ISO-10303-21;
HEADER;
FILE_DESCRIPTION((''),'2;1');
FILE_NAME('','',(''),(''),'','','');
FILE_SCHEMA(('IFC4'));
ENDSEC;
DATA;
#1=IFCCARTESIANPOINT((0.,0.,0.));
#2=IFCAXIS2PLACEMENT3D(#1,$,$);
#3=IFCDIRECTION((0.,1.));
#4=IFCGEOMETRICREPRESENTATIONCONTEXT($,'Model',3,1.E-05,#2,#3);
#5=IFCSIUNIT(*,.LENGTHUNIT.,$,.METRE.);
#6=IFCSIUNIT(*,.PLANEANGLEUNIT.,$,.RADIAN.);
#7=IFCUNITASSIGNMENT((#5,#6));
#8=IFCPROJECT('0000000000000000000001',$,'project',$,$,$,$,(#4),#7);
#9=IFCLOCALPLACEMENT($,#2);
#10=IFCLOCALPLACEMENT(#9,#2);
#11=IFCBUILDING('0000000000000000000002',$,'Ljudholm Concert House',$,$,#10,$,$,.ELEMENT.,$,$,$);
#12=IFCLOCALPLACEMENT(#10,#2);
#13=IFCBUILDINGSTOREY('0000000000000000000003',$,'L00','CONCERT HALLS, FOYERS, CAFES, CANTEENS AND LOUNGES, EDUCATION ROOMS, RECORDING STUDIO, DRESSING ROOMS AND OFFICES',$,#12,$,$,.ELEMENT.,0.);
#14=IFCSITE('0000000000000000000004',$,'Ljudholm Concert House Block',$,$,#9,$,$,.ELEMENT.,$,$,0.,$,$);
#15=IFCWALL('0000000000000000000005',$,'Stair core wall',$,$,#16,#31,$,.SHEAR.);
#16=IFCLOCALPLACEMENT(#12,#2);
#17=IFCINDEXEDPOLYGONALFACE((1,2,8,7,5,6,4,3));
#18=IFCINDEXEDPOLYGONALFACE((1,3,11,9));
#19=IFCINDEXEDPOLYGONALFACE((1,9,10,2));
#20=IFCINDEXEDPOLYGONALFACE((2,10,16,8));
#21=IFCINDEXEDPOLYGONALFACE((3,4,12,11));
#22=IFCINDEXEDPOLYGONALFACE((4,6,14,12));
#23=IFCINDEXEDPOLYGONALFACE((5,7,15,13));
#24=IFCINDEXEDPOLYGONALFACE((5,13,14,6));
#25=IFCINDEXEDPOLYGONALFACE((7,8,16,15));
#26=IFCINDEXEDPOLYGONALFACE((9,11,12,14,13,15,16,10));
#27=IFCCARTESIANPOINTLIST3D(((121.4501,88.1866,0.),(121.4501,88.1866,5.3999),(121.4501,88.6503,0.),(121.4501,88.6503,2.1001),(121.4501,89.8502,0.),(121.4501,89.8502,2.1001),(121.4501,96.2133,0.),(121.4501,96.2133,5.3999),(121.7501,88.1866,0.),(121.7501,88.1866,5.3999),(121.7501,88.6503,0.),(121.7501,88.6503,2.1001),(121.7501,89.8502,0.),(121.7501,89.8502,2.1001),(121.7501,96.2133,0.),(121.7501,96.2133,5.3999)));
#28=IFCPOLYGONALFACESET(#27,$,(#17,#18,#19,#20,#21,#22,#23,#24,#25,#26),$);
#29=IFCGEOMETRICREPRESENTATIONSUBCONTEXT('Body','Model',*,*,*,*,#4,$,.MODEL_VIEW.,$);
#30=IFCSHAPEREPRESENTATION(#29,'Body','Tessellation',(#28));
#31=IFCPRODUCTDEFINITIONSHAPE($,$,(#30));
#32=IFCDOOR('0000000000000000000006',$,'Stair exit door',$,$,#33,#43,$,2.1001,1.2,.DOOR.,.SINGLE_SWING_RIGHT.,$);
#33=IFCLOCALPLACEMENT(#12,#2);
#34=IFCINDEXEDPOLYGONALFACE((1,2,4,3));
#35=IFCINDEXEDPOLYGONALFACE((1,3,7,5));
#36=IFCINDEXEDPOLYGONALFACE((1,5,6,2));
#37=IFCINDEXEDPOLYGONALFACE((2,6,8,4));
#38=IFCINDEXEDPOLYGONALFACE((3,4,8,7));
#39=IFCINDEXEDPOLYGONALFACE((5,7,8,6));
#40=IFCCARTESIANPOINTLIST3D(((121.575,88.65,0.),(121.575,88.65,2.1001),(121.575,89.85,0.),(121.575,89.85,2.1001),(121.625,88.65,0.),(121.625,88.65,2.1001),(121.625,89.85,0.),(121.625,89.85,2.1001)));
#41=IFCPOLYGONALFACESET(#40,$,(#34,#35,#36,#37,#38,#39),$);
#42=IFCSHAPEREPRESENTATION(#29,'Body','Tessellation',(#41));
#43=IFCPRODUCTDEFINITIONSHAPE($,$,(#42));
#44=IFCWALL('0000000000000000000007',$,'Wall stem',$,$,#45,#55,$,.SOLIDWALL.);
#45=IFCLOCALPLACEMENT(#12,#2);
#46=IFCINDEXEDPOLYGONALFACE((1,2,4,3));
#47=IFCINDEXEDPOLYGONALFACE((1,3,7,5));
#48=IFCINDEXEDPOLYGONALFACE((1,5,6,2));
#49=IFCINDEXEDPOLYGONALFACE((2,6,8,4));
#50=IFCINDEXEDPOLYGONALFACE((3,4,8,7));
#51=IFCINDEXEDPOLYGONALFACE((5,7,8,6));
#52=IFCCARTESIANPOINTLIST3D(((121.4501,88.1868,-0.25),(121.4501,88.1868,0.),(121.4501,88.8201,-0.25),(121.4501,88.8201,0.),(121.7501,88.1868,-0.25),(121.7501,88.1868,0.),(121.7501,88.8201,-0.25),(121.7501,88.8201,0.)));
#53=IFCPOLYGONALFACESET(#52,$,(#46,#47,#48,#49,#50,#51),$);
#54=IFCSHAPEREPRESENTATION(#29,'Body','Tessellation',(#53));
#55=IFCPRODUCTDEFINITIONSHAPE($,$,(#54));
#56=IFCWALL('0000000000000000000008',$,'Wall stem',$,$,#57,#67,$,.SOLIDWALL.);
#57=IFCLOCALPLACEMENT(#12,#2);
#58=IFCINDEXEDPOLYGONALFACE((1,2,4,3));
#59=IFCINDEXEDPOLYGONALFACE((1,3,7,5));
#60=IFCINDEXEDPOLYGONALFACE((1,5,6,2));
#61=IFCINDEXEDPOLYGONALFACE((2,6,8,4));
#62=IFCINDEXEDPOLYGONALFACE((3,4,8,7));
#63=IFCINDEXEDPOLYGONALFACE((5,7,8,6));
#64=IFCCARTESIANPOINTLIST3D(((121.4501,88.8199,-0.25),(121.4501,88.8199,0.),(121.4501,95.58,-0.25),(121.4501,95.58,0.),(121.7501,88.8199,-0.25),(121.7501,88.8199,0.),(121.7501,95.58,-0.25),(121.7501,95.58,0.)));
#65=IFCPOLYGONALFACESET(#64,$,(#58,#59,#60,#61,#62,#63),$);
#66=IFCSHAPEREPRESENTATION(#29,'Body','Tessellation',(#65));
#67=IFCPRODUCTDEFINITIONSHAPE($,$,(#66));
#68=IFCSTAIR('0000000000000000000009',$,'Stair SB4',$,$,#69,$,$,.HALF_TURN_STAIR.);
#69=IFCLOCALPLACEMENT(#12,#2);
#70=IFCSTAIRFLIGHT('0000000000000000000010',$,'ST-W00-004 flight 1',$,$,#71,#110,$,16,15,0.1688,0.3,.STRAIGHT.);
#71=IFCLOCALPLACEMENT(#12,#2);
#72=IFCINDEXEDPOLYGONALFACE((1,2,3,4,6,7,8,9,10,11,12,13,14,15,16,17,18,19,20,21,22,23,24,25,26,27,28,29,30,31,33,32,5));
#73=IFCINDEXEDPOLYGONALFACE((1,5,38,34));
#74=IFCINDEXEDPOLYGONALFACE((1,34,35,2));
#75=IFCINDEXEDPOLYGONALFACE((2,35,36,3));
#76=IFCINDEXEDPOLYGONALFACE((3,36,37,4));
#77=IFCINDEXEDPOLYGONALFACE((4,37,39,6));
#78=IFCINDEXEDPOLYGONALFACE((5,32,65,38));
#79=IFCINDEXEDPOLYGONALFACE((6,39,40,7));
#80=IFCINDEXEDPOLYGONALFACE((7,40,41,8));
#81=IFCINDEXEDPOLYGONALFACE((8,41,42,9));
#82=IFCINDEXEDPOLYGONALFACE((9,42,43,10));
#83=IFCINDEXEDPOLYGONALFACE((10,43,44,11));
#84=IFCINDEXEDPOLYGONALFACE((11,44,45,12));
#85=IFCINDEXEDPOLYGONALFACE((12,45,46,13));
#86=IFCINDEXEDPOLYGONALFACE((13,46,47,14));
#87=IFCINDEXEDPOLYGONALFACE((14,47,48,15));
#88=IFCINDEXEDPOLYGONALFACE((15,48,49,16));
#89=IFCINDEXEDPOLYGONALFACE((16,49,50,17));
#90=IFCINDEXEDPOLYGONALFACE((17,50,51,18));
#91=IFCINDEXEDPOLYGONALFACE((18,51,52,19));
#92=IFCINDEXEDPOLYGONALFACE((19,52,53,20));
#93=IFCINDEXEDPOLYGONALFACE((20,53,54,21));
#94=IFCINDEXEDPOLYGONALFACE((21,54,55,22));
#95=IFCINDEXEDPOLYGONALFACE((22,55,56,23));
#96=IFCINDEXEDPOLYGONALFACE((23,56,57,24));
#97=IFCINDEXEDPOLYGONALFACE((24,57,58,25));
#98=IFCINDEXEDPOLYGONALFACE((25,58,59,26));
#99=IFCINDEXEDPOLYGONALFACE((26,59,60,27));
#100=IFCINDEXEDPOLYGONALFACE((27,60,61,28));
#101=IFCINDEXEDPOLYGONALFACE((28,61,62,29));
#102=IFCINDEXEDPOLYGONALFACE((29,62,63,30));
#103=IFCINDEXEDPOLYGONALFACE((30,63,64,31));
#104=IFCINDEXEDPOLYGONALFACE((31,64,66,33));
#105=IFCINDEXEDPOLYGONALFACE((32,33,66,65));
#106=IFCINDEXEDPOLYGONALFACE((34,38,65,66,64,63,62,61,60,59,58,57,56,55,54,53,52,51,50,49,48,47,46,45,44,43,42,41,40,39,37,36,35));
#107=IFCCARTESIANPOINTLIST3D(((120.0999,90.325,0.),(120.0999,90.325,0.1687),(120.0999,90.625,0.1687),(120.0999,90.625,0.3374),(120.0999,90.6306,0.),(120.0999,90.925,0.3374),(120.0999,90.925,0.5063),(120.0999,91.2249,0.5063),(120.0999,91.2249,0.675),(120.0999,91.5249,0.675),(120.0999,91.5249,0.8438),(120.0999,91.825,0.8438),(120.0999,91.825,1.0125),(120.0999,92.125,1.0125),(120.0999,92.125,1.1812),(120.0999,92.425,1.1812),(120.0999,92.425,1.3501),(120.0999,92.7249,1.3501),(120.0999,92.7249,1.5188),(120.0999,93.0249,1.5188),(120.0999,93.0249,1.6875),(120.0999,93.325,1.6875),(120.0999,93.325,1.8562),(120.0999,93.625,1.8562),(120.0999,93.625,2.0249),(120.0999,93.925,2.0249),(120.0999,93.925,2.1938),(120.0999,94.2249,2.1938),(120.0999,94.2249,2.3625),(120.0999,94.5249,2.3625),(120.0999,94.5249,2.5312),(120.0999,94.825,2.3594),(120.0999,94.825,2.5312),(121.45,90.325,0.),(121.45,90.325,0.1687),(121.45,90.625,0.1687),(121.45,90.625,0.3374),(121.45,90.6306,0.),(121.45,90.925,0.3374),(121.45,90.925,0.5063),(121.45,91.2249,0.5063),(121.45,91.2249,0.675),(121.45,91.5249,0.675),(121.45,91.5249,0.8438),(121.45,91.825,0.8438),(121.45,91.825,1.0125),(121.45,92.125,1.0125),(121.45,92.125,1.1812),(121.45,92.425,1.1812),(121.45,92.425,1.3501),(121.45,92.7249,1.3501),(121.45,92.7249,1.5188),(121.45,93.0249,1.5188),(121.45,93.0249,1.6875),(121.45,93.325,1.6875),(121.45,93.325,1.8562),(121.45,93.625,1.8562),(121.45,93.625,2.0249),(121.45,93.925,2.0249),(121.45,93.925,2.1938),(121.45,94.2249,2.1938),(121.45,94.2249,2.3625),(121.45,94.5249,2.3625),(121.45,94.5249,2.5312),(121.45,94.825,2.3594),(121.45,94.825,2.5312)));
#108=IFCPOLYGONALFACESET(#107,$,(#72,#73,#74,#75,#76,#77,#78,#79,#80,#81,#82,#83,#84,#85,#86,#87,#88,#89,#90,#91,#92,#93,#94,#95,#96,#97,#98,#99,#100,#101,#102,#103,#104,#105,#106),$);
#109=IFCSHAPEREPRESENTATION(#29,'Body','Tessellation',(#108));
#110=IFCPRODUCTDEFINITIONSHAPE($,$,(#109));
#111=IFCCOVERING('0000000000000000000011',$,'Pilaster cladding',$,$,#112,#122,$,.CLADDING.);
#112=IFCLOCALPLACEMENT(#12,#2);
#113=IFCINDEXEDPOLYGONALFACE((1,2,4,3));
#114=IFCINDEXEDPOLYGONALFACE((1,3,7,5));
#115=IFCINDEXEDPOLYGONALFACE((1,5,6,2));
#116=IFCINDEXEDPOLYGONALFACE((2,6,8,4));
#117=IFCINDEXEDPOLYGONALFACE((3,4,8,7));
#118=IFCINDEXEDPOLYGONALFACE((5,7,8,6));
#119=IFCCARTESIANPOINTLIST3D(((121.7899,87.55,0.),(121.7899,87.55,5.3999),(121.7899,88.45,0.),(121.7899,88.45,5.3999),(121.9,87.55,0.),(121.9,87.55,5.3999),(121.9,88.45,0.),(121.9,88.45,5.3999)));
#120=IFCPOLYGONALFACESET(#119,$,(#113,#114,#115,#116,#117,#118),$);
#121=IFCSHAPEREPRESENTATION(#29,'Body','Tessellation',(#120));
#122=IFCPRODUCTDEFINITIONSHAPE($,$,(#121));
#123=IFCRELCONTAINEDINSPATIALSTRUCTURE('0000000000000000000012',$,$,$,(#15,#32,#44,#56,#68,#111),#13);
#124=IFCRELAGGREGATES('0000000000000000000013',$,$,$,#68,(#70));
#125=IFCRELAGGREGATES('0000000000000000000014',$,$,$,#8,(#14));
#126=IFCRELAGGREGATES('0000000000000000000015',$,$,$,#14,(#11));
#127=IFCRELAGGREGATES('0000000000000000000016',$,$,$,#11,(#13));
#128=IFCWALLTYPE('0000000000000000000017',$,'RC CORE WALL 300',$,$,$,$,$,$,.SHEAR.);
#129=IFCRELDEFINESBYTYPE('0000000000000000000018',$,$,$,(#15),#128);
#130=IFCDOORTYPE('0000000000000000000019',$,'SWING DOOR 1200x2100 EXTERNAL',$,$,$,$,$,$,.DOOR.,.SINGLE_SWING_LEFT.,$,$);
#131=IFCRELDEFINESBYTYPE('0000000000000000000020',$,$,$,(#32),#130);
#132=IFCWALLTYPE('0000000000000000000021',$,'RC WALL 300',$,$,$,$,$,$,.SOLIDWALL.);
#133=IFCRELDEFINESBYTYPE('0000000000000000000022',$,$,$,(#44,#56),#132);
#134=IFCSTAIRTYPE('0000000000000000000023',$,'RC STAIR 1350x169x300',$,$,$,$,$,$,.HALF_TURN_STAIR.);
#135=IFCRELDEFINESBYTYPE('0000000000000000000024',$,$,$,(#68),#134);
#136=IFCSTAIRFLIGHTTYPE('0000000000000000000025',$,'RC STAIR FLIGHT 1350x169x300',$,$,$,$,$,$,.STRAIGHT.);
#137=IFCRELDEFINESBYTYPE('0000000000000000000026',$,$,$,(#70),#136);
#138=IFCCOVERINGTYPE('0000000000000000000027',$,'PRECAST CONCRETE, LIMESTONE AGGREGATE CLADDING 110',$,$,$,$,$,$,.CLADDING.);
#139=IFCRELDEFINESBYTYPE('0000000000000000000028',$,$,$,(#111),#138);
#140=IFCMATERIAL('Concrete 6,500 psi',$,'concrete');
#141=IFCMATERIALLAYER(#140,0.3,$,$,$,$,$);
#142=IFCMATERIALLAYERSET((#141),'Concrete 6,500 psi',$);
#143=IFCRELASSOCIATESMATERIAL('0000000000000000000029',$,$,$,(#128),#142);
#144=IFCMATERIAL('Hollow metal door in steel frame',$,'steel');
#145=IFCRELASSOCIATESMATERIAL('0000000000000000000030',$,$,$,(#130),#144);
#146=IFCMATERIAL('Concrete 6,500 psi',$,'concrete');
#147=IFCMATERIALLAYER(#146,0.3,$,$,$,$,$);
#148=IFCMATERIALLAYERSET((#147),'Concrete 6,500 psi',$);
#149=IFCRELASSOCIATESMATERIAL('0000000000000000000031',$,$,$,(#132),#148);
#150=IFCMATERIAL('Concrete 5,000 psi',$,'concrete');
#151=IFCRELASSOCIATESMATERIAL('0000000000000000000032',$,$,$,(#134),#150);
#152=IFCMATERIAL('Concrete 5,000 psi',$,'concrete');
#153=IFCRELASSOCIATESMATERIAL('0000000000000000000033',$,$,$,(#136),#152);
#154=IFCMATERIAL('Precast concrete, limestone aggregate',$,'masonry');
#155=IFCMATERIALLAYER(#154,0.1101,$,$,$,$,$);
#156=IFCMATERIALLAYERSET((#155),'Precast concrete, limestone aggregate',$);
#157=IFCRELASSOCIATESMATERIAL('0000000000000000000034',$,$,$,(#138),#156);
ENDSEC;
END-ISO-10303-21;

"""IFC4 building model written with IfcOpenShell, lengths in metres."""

from ifc_helpers import new_model, si_unit, direction, frame, frame_2d, origin, origin_2d, place, context, subcontext, project, spatial, polyline, rectangle, outline, extrude, material, layer, layer_set, type_object, element, fill, aggregate, save


model = new_model("IFC4")

# Units and contexts
model_context = context("Model", 3, precision=1e-05, world=origin(), true_north=direction((0.0, 1.0)))
body_context = subcontext(model_context, "Body", "Model", "MODEL_VIEW")
ifc_project = project(units=[si_unit("LENGTHUNIT", "METRE"), si_unit("PLANEANGLEUNIT", "RADIAN")], contexts=[model_context])

# Site, building, storey
site_placement = place(None, origin())
site = spatial("IfcSite", under=ifc_project, at=site_placement, Name="Ljudholm Concert House Block", CompositionType="ELEMENT", RefElevation=0.0)
building_placement = place(site_placement, origin())
building = spatial("IfcBuilding", under=site, at=building_placement, Name="Ljudholm Concert House", CompositionType="ELEMENT")
storey_placement = place(building_placement, origin())
storey = spatial("IfcBuildingStorey", under=building, at=storey_placement, Name="L00", Description="CONCERT HALLS, FOYERS, CAFES, CANTEENS AND LOUNGES, EDUCATION ROOMS, RECORDING STUDIO, DRESSING ROOMS AND OFFICES", CompositionType="ELEMENT", Elevation=0.0)

# Wall, opening, door
ifc_material_1 = material(Name="Concrete 6,500 psi", Category="concrete")
ifc_layer_1 = layer(ifc_material_1, 0.3)
ifc_layer_set_1 = layer_set([ifc_layer_1], Name="Concrete 6,500 psi")
wall_type_1 = type_object("IfcWallType", Name="RC CORE WALL 300", PredefinedType="SHEAR", material=ifc_layer_set_1)
wall_1_placement = place(storey_placement, frame((121.6001, 88.1868, 0.0), z_axis=(0.0, 0.0, 1.0), x_axis=(0.0, 1.0, 0.0)))
wall_1 = element("IfcWall", 1, at=wall_1_placement, inside=storey, type_object=wall_type_1, Name="Stair core wall", PredefinedType="SHEAR", context=body_context, shape_type="SweptSolid", body=[
    extrude(rectangle(XDim=8.0266, YDim=0.3, at=frame_2d((4.0132, 0.0))), origin(), (0.0, 0.0, 1.0), 5.3999),
])
opening_1_placement = place(wall_1_placement, frame((0.4634, 0.0, 0.0)))
opening_1 = element("IfcOpeningElement", 2, at=opening_1_placement, cuts=wall_1, PredefinedType="OPENING", context=body_context, shape_type="SweptSolid", body=[
    extrude(rectangle(XDim=1.2, YDim=2.1001, at=frame_2d((0.6001, 1.05))), frame((0.0, 0.1599, 0.0), z_axis=(0.0, -1.0, 0.0), x_axis=(1.0, 0.0, 0.0)), (0.0, 0.0, 1.0), 0.3201),
])
ifc_material_2 = material(Name="Hollow metal door in steel frame", Category="steel")
door_type_1 = type_object("IfcDoorType", Name="SWING DOOR 1200x2100 EXTERNAL", OperationType="SINGLE_SWING_LEFT", PredefinedType="DOOR", material=ifc_material_2)
door_1_placement = place(opening_1_placement, frame((1.2, 0.0, 0.0), z_axis=(0.0, 0.0, 1.0), x_axis=(-1.0, 0.0, 0.0)))
door_1 = element("IfcDoor", 3, at=door_1_placement, inside=storey, type_object=door_type_1, Name="Stair exit door", OperationType="SINGLE_SWING_RIGHT", OverallHeight=2.1001, OverallWidth=1.2, PredefinedType="DOOR", context=body_context, shape_type="SweptSolid", body=[
    extrude(rectangle(XDim=1.2, YDim=2.1001, at=frame_2d((0.6001, 1.05))), frame((0.0, 0.0249, 0.0), z_axis=(0.0, -1.0, 0.0), x_axis=(1.0, 0.0, 0.0)), (0.0, 0.0, 1.0), 0.05),
])
fill(opening_1, door_1)

# Walls
ifc_material_3 = material(Name="Concrete 6,500 psi", Category="concrete")
ifc_layer_2 = layer(ifc_material_3, 0.3)
ifc_layer_set_2 = layer_set([ifc_layer_2], Name="Concrete 6,500 psi")
wall_type_2 = type_object("IfcWallType", Name="RC WALL 300", PredefinedType="SOLIDWALL", material=ifc_layer_set_2)
wall_2_placement = place(storey_placement, frame((121.6001, 88.1868, -0.25), z_axis=(0.0, 0.0, 1.0), x_axis=(0.0, 1.0, 0.0)))
element("IfcWall", 4, at=wall_2_placement, inside=storey, type_object=wall_type_2, Name="Wall stem", PredefinedType="SOLIDWALL", context=body_context, shape_type="SweptSolid", body=[
    extrude(rectangle(XDim=0.6333, YDim=0.3, at=frame_2d((0.3167, 0.0))), origin(), (0.0, 0.0, 1.0), 0.25),
])
wall_3_placement = place(storey_placement, frame((121.6001, 88.8201, -0.25), z_axis=(0.0, 0.0, 1.0), x_axis=(0.0, 1.0, 0.0)))
element("IfcWall", 5, at=wall_3_placement, inside=storey, type_object=wall_type_2, Name="Wall stem", PredefinedType="SOLIDWALL", context=body_context, shape_type="SweptSolid", body=[
    extrude(rectangle(XDim=6.76, YDim=0.3, at=frame_2d((3.3799, 0.0))), origin(), (0.0, 0.0, 1.0), 0.25),
])

# Stair, stair flight
ifc_material_4 = material(Name="Concrete 5,000 psi", Category="concrete")
stair_type = type_object("IfcStairType", Name="RC STAIR 1350x169x300", PredefinedType="HALF_TURN_STAIR", material=ifc_material_4)
stair_placement = place(storey_placement, origin())
stair = element("IfcStair", 6, at=stair_placement, inside=storey, type_object=stair_type, Name="Stair SB4", PredefinedType="HALF_TURN_STAIR")
ifc_material_5 = material(Name="Concrete 5,000 psi", Category="concrete")
stair_flight_type = type_object("IfcStairFlightType", Name="RC STAIR FLIGHT 1350x169x300", PredefinedType="STRAIGHT", material=ifc_material_5)
stair_flight_placement = place(storey_placement, frame((120.7749, 90.325, 0.0), z_axis=(0.0, 0.0, 1.0), x_axis=(0.0, 1.0, 0.0)))
stair_flight = element("IfcStairFlight", 7, at=stair_flight_placement, type_object=stair_flight_type, Name="ST-W00-004 flight 1", NumberOfRisers=16, NumberOfTreads=15, PredefinedType="STRAIGHT", RiserHeight=0.1688, TreadLength=0.3, context=body_context, shape_type="SweptSolid", body=[
    extrude(outline(polyline([(0.0, 0.0), (0.0, 0.1687), (0.3, 0.1687), (0.3, 0.3374), (0.6001, 0.3374), (0.6001, 0.5063), (0.8999, 0.5063), (0.8999, 0.675), (1.2, 0.675), (1.2, 0.8438), (1.5, 0.8438), (1.5, 1.0125), (1.8, 1.0125), (1.8, 1.1812), (2.1001, 1.1812), (2.1001, 1.3501), (2.3999, 1.3501), (2.3999, 1.5188), (2.7, 1.5188), (2.7, 1.6875), (3.0, 1.6875), (3.0, 1.8562), (3.3, 1.8562), (3.3, 2.0249), (3.6001, 2.0249), (3.6001, 2.1938), (3.8999, 2.1938), (3.8999, 2.3625), (4.2, 2.3625), (4.2, 2.5312), (4.5, 2.5312), (4.5, 2.7), (4.5, 2.3594), (0.3057, 0.0), (0.0, 0.0)])), frame((0.0, 0.675, 0.0), z_axis=(0.0, -1.0, 0.0), x_axis=(1.0, 0.0, 0.0)), (0.0, 0.0, 1.0), 1.3501),
])
aggregate(stair, [stair_flight])

# Covering
ifc_material_6 = material(Name="Precast concrete, limestone aggregate", Category="masonry")
ifc_layer_3 = layer(ifc_material_6, 0.1101)
ifc_layer_set_3 = layer_set([ifc_layer_3], Name="Precast concrete, limestone aggregate")
covering_type = type_object("IfcCoveringType", Name="PRECAST CONCRETE, LIMESTONE AGGREGATE CLADDING 110", PredefinedType="CLADDING", material=ifc_layer_set_3)
covering_placement = place(storey_placement, frame((121.845, 88.0, 0.0), z_axis=(0.0, 0.0, 1.0), x_axis=(1.0, 0.0, 0.0)))
element("IfcCovering", 8, at=covering_placement, inside=storey, type_object=covering_type, Name="Pilaster cladding", PredefinedType="CLADDING", context=body_context, shape_type="SweptSolid", body=[
    extrude(rectangle(XDim=0.1101, YDim=0.8999, at=origin_2d()), origin(), (0.0, 0.0, 1.0), 5.3999),
])

save(model, "model.ifc")
